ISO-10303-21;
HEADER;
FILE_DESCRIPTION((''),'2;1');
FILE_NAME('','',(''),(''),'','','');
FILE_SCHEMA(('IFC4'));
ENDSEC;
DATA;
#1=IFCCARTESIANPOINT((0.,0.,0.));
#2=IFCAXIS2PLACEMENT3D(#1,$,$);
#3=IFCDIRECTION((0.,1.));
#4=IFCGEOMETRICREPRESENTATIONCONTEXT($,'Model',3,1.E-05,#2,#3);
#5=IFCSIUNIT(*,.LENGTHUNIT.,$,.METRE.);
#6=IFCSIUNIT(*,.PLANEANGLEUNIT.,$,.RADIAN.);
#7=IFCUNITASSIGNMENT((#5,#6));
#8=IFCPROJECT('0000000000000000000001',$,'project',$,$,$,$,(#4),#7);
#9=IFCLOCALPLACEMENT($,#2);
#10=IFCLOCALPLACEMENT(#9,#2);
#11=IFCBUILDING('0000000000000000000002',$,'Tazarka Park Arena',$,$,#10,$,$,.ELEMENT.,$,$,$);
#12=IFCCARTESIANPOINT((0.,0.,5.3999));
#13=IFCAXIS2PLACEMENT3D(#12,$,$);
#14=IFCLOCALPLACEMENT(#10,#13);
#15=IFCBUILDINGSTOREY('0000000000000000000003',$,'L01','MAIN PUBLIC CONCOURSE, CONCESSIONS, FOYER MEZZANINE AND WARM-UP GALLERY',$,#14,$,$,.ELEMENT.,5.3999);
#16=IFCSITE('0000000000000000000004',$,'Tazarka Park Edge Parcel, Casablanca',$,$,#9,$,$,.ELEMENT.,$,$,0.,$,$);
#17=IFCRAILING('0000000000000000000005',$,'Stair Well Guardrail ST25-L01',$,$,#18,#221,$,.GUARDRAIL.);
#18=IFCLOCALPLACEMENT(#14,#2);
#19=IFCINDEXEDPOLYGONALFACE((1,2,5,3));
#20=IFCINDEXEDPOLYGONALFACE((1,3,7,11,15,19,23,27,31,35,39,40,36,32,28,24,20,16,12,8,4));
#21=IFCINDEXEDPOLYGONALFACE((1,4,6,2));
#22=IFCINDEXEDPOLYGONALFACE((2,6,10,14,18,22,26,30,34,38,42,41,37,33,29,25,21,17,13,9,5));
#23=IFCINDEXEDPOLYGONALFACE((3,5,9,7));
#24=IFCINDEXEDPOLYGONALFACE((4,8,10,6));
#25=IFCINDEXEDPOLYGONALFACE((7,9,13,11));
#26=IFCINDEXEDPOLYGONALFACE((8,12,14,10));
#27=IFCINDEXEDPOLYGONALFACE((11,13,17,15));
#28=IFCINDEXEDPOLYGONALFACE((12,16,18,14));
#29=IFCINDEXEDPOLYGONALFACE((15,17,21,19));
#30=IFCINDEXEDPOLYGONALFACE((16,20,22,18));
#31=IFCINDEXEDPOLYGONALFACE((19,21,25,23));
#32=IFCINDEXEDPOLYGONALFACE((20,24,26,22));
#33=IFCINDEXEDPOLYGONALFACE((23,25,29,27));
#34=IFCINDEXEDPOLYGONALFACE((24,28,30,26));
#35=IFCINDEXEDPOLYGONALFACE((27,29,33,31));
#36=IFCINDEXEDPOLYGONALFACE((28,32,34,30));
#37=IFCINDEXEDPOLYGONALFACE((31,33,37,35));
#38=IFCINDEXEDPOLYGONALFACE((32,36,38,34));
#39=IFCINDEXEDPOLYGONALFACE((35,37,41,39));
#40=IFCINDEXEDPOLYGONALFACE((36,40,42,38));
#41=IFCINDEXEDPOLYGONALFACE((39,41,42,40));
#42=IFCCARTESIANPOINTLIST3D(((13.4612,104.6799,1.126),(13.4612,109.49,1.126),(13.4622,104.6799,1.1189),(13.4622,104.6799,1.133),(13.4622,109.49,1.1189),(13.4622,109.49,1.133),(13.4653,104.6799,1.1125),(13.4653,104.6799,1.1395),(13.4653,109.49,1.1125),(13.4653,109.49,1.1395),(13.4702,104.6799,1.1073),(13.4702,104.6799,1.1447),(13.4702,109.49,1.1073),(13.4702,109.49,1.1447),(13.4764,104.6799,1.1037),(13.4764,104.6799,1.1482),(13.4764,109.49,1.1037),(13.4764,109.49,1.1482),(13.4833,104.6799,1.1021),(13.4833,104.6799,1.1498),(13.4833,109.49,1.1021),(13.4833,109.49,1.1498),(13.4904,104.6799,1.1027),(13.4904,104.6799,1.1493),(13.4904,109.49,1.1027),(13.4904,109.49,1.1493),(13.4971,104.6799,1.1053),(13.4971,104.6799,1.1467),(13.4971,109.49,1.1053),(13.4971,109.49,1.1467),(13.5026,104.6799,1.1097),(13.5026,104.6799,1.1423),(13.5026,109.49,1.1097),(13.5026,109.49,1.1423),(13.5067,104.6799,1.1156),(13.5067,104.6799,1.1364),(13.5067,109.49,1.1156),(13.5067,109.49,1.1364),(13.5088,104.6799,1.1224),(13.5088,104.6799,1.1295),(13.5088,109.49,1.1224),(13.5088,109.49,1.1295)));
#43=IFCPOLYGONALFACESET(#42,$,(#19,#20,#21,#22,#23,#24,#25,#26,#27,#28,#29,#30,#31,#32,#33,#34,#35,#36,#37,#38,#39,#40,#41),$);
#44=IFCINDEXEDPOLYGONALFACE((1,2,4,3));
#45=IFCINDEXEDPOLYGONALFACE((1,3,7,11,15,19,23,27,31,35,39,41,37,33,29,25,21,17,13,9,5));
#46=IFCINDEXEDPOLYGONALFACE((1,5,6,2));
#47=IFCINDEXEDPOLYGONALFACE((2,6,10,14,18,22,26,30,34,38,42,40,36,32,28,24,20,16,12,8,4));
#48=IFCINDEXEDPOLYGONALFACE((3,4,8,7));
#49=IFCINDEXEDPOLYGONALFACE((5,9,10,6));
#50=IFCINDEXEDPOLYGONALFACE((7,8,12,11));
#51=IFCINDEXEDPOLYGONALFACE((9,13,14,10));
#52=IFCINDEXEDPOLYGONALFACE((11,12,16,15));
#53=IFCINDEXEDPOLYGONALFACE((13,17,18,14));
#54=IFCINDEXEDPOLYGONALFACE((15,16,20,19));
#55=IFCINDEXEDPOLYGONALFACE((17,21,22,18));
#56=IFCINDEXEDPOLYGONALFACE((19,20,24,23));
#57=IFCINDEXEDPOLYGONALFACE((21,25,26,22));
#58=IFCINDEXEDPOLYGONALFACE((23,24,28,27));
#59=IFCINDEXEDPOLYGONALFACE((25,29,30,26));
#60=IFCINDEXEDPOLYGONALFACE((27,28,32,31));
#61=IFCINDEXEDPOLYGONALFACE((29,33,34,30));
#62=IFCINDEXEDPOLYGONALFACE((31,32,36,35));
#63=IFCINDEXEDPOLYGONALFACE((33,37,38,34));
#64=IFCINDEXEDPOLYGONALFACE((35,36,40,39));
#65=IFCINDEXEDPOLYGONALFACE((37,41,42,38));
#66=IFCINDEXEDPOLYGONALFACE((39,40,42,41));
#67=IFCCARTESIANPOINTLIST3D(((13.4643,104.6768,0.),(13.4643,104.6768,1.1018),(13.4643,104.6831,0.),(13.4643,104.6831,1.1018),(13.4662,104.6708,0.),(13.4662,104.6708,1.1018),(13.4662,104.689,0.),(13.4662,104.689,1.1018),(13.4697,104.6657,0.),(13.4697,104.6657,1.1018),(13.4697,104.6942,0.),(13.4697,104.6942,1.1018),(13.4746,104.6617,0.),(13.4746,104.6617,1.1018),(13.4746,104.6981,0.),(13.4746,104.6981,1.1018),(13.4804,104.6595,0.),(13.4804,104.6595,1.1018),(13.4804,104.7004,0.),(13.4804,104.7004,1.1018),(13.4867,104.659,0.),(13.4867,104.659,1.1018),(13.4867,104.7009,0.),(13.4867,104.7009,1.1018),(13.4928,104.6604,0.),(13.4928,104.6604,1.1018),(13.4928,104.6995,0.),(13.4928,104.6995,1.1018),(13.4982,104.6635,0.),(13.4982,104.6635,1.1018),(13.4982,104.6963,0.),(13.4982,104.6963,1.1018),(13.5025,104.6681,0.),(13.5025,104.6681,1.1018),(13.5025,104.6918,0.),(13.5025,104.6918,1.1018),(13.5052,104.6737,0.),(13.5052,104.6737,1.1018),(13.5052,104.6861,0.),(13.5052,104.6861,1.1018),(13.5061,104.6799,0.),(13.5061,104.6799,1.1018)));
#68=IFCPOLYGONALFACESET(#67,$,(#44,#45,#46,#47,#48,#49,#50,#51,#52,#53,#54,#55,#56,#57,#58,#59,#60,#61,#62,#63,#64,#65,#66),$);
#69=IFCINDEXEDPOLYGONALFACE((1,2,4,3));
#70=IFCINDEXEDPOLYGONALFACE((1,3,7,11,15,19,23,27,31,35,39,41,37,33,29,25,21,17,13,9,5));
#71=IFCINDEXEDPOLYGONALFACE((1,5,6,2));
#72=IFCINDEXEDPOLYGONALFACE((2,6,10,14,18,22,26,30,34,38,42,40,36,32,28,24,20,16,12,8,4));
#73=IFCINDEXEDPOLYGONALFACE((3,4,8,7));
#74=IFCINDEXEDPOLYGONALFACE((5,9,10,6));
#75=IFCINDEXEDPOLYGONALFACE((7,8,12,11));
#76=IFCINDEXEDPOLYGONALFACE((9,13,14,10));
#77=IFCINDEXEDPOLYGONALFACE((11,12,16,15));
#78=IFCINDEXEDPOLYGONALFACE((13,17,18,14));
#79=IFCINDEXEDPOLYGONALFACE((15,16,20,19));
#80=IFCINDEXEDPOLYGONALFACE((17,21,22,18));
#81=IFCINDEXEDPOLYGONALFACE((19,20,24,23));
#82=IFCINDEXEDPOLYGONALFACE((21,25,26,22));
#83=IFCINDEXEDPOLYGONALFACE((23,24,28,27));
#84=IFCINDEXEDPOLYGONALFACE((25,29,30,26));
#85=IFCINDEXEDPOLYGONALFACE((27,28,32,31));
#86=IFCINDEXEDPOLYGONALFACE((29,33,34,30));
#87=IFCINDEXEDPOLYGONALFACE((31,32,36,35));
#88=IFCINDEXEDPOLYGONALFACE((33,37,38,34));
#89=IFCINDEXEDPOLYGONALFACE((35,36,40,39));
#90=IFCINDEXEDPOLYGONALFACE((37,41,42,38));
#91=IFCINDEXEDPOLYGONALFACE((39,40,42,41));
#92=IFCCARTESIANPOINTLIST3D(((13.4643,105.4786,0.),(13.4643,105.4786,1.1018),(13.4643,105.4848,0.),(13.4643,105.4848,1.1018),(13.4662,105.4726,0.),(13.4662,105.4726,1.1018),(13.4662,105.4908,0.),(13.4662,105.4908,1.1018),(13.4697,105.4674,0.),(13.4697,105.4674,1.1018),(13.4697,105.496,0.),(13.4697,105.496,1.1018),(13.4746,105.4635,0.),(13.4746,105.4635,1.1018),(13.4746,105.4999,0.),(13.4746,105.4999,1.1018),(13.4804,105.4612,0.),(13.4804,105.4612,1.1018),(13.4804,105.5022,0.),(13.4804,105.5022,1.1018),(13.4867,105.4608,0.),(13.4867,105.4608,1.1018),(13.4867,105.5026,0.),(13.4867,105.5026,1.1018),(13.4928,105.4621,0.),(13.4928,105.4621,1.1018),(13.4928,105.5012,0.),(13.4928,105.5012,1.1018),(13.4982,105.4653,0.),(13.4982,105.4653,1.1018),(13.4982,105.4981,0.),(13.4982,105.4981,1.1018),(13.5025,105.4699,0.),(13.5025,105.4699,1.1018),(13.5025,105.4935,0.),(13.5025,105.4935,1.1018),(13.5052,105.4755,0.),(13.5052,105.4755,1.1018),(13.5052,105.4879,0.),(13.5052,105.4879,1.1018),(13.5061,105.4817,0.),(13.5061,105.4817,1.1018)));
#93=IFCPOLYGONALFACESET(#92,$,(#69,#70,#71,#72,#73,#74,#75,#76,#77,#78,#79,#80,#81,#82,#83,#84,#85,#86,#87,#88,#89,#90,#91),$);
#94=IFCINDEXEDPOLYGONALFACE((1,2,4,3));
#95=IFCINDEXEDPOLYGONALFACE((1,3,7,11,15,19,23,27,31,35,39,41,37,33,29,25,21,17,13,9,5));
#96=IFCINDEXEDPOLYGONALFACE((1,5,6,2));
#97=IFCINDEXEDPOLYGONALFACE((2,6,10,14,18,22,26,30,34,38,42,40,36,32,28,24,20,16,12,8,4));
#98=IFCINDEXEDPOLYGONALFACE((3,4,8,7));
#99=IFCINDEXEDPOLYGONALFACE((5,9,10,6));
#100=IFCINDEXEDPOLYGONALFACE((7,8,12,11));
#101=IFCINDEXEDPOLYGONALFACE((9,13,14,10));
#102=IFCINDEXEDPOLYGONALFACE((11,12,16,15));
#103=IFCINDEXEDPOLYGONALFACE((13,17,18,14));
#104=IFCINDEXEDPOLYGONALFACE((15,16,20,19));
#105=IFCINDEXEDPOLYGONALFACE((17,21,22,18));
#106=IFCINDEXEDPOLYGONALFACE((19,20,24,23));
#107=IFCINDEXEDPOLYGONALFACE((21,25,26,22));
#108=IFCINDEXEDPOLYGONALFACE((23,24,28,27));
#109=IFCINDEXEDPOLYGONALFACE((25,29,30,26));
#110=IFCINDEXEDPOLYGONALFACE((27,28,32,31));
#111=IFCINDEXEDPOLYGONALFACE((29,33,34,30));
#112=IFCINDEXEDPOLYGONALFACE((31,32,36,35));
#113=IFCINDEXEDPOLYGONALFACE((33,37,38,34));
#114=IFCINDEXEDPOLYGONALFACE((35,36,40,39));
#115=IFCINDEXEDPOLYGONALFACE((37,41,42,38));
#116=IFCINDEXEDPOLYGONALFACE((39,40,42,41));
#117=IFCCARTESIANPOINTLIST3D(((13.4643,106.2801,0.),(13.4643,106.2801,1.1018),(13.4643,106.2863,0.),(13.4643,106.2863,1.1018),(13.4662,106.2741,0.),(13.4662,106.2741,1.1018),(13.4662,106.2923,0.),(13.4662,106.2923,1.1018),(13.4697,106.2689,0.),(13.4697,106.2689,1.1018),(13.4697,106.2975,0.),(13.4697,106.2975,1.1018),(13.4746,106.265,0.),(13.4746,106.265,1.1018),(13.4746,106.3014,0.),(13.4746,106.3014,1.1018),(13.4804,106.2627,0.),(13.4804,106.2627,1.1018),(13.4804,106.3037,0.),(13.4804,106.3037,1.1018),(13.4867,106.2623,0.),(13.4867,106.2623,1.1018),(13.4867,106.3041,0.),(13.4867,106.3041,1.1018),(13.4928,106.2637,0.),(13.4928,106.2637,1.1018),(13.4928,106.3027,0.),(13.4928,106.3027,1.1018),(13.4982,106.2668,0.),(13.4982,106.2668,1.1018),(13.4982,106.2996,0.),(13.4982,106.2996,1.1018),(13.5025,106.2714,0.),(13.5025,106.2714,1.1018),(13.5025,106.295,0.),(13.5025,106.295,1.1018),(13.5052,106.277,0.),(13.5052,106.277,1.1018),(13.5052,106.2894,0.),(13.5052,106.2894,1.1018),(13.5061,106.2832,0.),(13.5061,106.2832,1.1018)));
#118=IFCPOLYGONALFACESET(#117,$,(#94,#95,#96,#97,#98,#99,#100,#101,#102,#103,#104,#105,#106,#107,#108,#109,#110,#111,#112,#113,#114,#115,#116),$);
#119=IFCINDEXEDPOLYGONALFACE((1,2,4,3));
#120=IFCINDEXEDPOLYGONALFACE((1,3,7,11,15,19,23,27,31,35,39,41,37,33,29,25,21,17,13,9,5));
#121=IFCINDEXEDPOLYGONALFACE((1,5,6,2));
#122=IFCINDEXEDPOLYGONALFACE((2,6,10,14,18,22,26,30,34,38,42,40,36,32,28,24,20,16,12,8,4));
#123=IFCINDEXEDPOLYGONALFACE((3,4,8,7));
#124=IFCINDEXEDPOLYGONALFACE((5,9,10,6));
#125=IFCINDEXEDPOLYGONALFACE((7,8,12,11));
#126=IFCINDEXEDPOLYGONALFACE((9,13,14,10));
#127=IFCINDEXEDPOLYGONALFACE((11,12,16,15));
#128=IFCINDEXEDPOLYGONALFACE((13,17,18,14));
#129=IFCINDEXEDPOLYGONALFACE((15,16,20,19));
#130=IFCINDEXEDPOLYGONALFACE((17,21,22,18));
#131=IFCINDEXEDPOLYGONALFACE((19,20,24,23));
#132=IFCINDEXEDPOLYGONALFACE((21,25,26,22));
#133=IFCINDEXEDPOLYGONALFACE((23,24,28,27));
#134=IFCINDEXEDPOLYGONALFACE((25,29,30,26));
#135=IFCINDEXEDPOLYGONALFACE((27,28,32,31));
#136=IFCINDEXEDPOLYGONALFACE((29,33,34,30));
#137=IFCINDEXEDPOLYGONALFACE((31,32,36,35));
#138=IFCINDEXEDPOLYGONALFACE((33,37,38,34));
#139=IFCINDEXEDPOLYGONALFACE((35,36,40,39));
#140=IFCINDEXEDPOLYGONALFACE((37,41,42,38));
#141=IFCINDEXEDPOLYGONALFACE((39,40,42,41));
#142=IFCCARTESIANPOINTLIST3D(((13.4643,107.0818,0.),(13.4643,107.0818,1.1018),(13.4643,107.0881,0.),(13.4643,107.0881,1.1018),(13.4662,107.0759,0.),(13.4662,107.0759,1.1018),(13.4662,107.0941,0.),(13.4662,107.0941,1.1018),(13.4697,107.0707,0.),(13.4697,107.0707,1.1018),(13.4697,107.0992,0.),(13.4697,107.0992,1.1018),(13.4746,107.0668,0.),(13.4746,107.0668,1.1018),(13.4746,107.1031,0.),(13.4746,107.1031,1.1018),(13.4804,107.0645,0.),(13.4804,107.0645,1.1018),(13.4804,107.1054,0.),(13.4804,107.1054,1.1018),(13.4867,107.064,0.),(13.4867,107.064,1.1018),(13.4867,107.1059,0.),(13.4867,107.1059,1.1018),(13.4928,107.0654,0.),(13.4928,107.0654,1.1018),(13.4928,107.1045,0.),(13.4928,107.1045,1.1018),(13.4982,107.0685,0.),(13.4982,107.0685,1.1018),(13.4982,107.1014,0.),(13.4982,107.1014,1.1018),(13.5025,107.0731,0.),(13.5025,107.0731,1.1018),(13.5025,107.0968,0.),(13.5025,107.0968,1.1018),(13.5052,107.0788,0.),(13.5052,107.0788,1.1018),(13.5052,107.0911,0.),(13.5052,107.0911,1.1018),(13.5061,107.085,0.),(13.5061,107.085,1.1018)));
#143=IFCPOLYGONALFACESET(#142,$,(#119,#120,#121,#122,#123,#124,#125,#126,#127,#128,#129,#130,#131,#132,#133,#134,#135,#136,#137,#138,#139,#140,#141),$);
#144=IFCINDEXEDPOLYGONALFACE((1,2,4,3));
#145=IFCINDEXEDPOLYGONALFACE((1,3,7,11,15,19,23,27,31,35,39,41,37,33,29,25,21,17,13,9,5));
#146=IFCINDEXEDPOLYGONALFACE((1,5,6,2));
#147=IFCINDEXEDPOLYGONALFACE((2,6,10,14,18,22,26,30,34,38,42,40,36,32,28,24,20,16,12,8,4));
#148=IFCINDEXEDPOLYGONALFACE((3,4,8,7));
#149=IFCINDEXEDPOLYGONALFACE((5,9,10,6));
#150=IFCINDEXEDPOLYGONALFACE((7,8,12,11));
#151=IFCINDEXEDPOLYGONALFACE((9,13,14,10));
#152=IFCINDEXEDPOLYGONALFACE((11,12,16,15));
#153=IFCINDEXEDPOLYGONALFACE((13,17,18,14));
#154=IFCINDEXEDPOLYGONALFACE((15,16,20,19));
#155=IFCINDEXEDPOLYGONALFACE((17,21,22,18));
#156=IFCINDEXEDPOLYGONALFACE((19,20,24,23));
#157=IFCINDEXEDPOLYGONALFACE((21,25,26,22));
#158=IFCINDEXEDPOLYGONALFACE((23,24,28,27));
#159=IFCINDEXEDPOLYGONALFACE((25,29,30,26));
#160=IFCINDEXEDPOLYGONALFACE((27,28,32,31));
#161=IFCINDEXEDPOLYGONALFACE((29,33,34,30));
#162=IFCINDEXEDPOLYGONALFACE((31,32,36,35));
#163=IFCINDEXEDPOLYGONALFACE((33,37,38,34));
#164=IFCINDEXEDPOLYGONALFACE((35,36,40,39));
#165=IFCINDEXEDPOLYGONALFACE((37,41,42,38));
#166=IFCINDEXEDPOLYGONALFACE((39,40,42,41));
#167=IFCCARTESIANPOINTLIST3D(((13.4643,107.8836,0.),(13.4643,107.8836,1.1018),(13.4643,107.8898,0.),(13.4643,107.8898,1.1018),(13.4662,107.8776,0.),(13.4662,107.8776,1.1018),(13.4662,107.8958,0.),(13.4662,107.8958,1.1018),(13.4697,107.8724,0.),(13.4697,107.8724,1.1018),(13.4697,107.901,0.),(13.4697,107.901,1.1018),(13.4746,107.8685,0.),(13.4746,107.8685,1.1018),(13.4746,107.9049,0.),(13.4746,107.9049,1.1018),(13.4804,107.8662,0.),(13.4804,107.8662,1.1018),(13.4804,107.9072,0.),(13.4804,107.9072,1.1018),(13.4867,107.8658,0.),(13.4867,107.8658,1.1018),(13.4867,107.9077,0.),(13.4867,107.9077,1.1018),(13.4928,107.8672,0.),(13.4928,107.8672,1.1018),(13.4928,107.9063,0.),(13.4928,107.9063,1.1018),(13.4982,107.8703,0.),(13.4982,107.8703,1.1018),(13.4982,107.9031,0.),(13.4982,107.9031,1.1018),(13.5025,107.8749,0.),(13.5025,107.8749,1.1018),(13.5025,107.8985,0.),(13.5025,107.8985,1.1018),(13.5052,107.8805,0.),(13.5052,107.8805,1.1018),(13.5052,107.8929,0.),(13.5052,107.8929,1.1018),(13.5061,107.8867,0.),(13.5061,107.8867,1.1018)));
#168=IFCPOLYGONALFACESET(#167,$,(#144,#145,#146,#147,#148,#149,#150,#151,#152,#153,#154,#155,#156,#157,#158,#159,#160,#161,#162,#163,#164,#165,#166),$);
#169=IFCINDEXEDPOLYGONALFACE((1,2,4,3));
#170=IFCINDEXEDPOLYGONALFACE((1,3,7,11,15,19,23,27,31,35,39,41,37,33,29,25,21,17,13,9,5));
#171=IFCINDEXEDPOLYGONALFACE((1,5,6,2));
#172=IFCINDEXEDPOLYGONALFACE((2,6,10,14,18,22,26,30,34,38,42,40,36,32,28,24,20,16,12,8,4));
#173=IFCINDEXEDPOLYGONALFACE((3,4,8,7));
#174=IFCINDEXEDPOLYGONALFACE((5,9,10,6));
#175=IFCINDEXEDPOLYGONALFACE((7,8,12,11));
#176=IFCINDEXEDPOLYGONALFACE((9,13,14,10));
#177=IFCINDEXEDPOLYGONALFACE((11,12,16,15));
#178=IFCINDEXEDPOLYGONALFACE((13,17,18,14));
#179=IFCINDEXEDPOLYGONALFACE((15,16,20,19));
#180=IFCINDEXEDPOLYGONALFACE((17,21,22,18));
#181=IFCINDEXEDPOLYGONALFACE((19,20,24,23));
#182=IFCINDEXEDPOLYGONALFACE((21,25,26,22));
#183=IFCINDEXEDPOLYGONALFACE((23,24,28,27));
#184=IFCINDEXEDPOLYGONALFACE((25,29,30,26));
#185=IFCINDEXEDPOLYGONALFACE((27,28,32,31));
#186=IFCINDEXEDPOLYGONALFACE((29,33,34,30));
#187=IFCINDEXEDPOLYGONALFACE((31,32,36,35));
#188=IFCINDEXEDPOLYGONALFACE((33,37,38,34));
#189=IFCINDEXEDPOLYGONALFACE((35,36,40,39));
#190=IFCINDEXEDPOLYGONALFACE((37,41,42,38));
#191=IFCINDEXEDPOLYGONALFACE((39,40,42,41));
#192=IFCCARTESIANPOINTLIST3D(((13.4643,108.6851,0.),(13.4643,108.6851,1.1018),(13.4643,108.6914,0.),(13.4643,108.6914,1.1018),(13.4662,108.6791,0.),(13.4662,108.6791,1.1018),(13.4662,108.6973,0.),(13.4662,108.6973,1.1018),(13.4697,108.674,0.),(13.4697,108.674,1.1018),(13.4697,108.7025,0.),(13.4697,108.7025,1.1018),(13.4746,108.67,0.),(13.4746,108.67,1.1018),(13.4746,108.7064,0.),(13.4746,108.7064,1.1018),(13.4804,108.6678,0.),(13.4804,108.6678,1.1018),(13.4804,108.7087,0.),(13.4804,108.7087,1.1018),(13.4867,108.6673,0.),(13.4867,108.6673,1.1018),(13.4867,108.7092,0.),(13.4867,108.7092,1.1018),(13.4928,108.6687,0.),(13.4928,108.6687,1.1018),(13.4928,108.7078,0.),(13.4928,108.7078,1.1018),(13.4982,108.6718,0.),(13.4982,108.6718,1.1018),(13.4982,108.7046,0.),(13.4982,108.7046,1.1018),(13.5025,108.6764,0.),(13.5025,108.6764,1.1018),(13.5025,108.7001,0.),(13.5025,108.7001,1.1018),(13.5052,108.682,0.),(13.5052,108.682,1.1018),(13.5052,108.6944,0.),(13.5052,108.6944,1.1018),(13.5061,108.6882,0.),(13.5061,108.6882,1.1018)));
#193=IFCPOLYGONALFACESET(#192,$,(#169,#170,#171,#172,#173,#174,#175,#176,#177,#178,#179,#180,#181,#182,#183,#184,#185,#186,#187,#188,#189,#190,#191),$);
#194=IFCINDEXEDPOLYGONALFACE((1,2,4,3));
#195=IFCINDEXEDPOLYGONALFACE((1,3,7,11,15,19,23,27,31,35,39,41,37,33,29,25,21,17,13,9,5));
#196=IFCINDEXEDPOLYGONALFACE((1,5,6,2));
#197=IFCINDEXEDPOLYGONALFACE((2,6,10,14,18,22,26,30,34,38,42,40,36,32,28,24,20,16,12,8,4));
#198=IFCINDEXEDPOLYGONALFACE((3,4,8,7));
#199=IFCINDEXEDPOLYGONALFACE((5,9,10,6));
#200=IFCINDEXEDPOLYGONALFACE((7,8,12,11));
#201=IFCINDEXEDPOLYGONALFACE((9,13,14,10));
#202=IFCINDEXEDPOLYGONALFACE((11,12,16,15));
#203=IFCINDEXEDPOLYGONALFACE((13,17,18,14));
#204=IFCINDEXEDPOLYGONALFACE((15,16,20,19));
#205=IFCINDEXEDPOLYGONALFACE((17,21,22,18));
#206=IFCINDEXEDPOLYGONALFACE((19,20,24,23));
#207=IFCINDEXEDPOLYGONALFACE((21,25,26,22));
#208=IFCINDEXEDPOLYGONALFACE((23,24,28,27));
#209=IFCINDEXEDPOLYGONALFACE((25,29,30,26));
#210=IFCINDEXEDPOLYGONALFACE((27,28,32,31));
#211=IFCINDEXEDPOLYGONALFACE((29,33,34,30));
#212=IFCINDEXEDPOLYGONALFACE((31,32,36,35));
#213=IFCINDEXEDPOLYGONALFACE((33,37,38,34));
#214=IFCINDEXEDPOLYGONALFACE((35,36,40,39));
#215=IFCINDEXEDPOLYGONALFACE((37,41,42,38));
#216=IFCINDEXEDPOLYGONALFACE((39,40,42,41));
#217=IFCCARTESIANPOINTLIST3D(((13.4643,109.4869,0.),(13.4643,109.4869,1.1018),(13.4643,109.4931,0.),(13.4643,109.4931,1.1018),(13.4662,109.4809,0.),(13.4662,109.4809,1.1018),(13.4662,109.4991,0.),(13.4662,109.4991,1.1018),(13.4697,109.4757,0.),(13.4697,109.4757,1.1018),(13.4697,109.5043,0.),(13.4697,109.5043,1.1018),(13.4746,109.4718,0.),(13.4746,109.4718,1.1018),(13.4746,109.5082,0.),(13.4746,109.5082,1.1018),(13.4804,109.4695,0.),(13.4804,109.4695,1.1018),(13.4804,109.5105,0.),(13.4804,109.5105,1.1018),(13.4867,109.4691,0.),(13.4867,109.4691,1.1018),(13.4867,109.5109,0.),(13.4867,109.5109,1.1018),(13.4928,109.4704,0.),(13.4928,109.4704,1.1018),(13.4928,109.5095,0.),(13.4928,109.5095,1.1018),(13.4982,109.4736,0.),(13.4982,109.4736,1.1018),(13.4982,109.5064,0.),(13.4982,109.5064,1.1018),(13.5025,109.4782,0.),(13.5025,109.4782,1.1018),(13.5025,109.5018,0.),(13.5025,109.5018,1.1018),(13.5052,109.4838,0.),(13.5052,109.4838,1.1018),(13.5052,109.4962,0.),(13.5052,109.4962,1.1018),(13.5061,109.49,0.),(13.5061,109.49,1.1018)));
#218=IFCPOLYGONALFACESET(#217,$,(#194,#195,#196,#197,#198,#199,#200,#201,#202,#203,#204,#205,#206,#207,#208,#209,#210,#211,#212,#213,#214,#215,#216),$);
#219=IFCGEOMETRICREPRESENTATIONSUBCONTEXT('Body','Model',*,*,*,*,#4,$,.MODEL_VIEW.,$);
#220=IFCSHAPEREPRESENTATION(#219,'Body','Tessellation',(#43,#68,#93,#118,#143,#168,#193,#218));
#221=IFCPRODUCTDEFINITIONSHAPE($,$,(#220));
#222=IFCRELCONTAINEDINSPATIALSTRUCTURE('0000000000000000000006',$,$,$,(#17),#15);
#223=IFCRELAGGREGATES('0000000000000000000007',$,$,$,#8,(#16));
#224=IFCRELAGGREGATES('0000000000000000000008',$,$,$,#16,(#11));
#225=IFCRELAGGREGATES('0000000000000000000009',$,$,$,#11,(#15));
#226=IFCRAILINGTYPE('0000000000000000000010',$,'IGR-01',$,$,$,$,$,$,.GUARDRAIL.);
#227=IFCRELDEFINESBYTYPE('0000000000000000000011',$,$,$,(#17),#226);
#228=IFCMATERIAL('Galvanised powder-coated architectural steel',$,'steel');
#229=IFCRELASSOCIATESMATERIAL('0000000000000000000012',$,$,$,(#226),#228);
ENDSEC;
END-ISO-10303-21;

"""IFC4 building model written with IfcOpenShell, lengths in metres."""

from ifc_helpers import new_model, si_unit, direction, frame, origin, origin_2d, place, context, subcontext, project, spatial, circle, extrude, material, type_object, element, save


model = new_model("IFC4")

# Units and contexts
model_context = context("Model", 3, precision=1e-05, world=origin(), true_north=direction((0.0, 1.0)))
body_context = subcontext(model_context, "Body", "Model", "MODEL_VIEW")
ifc_project = project(units=[si_unit("LENGTHUNIT", "METRE"), si_unit("PLANEANGLEUNIT", "RADIAN")], contexts=[model_context])

# Site, building, storey
site_placement = place(None, origin())
site = spatial("IfcSite", under=ifc_project, at=site_placement, Name="Tazarka Park Edge Parcel, Casablanca", CompositionType="ELEMENT", RefElevation=0.0)
building_placement = place(site_placement, origin())
building = spatial("IfcBuilding", under=site, at=building_placement, Name="Tazarka Park Arena", CompositionType="ELEMENT")
storey_placement = place(building_placement, frame((0.0, 0.0, 5.3999)))
storey = spatial("IfcBuildingStorey", under=building, at=storey_placement, Name="L01", Description="MAIN PUBLIC CONCOURSE, CONCESSIONS, FOYER MEZZANINE AND WARM-UP GALLERY", CompositionType="ELEMENT", Elevation=5.3999)

# Railing
ifc_material_1 = material(Name="Galvanised powder-coated architectural steel", Category="steel")
railing_type = type_object("IfcRailingType", Name="IGR-01", PredefinedType="GUARDRAIL", material=ifc_material_1)
railing_1_placement = place(storey_placement, frame((13.4851, 104.6799, 0.0)))
element("IfcRailing", 1, at=railing_1_placement, inside=storey, type_object=railing_type, Name="Stair Well Guardrail ST25-L01", PredefinedType="GUARDRAIL", context=body_context, shape_type="SweptSolid", body=[
    extrude(circle(Radius=0.0239, at=origin_2d()), frame((0.0, 0.0, 1.126), z_axis=(0.0, 1.0, 0.0), x_axis=(-1.0, 0.0, 0.0)), (0.0, 0.0, 1.0), 4.8101),
    extrude(circle(Radius=0.021, at=origin_2d()), origin(), (0.0, 0.0, 1.0), 1.1018),
    extrude(circle(Radius=0.021, at=origin_2d()), frame((0.0, 0.8018, 0.0)), (0.0, 0.0, 1.0), 1.1018),
    extrude(circle(Radius=0.021, at=origin_2d()), frame((0.0, 1.6033, 0.0)), (0.0, 0.0, 1.0), 1.1018),
    extrude(circle(Radius=0.021, at=origin_2d()), frame((0.0, 2.405, 0.0)), (0.0, 0.0, 1.0), 1.1018),
    extrude(circle(Radius=0.021, at=origin_2d()), frame((0.0, 3.2068, 0.0)), (0.0, 0.0, 1.0), 1.1018),
    extrude(circle(Radius=0.021, at=origin_2d()), frame((0.0, 4.0083, 0.0)), (0.0, 0.0, 1.0), 1.1018),
    extrude(circle(Radius=0.021, at=origin_2d()), frame((0.0, 4.8101, 0.0)), (0.0, 0.0, 1.0), 1.1018),
])

save(model, "model.ifc")
